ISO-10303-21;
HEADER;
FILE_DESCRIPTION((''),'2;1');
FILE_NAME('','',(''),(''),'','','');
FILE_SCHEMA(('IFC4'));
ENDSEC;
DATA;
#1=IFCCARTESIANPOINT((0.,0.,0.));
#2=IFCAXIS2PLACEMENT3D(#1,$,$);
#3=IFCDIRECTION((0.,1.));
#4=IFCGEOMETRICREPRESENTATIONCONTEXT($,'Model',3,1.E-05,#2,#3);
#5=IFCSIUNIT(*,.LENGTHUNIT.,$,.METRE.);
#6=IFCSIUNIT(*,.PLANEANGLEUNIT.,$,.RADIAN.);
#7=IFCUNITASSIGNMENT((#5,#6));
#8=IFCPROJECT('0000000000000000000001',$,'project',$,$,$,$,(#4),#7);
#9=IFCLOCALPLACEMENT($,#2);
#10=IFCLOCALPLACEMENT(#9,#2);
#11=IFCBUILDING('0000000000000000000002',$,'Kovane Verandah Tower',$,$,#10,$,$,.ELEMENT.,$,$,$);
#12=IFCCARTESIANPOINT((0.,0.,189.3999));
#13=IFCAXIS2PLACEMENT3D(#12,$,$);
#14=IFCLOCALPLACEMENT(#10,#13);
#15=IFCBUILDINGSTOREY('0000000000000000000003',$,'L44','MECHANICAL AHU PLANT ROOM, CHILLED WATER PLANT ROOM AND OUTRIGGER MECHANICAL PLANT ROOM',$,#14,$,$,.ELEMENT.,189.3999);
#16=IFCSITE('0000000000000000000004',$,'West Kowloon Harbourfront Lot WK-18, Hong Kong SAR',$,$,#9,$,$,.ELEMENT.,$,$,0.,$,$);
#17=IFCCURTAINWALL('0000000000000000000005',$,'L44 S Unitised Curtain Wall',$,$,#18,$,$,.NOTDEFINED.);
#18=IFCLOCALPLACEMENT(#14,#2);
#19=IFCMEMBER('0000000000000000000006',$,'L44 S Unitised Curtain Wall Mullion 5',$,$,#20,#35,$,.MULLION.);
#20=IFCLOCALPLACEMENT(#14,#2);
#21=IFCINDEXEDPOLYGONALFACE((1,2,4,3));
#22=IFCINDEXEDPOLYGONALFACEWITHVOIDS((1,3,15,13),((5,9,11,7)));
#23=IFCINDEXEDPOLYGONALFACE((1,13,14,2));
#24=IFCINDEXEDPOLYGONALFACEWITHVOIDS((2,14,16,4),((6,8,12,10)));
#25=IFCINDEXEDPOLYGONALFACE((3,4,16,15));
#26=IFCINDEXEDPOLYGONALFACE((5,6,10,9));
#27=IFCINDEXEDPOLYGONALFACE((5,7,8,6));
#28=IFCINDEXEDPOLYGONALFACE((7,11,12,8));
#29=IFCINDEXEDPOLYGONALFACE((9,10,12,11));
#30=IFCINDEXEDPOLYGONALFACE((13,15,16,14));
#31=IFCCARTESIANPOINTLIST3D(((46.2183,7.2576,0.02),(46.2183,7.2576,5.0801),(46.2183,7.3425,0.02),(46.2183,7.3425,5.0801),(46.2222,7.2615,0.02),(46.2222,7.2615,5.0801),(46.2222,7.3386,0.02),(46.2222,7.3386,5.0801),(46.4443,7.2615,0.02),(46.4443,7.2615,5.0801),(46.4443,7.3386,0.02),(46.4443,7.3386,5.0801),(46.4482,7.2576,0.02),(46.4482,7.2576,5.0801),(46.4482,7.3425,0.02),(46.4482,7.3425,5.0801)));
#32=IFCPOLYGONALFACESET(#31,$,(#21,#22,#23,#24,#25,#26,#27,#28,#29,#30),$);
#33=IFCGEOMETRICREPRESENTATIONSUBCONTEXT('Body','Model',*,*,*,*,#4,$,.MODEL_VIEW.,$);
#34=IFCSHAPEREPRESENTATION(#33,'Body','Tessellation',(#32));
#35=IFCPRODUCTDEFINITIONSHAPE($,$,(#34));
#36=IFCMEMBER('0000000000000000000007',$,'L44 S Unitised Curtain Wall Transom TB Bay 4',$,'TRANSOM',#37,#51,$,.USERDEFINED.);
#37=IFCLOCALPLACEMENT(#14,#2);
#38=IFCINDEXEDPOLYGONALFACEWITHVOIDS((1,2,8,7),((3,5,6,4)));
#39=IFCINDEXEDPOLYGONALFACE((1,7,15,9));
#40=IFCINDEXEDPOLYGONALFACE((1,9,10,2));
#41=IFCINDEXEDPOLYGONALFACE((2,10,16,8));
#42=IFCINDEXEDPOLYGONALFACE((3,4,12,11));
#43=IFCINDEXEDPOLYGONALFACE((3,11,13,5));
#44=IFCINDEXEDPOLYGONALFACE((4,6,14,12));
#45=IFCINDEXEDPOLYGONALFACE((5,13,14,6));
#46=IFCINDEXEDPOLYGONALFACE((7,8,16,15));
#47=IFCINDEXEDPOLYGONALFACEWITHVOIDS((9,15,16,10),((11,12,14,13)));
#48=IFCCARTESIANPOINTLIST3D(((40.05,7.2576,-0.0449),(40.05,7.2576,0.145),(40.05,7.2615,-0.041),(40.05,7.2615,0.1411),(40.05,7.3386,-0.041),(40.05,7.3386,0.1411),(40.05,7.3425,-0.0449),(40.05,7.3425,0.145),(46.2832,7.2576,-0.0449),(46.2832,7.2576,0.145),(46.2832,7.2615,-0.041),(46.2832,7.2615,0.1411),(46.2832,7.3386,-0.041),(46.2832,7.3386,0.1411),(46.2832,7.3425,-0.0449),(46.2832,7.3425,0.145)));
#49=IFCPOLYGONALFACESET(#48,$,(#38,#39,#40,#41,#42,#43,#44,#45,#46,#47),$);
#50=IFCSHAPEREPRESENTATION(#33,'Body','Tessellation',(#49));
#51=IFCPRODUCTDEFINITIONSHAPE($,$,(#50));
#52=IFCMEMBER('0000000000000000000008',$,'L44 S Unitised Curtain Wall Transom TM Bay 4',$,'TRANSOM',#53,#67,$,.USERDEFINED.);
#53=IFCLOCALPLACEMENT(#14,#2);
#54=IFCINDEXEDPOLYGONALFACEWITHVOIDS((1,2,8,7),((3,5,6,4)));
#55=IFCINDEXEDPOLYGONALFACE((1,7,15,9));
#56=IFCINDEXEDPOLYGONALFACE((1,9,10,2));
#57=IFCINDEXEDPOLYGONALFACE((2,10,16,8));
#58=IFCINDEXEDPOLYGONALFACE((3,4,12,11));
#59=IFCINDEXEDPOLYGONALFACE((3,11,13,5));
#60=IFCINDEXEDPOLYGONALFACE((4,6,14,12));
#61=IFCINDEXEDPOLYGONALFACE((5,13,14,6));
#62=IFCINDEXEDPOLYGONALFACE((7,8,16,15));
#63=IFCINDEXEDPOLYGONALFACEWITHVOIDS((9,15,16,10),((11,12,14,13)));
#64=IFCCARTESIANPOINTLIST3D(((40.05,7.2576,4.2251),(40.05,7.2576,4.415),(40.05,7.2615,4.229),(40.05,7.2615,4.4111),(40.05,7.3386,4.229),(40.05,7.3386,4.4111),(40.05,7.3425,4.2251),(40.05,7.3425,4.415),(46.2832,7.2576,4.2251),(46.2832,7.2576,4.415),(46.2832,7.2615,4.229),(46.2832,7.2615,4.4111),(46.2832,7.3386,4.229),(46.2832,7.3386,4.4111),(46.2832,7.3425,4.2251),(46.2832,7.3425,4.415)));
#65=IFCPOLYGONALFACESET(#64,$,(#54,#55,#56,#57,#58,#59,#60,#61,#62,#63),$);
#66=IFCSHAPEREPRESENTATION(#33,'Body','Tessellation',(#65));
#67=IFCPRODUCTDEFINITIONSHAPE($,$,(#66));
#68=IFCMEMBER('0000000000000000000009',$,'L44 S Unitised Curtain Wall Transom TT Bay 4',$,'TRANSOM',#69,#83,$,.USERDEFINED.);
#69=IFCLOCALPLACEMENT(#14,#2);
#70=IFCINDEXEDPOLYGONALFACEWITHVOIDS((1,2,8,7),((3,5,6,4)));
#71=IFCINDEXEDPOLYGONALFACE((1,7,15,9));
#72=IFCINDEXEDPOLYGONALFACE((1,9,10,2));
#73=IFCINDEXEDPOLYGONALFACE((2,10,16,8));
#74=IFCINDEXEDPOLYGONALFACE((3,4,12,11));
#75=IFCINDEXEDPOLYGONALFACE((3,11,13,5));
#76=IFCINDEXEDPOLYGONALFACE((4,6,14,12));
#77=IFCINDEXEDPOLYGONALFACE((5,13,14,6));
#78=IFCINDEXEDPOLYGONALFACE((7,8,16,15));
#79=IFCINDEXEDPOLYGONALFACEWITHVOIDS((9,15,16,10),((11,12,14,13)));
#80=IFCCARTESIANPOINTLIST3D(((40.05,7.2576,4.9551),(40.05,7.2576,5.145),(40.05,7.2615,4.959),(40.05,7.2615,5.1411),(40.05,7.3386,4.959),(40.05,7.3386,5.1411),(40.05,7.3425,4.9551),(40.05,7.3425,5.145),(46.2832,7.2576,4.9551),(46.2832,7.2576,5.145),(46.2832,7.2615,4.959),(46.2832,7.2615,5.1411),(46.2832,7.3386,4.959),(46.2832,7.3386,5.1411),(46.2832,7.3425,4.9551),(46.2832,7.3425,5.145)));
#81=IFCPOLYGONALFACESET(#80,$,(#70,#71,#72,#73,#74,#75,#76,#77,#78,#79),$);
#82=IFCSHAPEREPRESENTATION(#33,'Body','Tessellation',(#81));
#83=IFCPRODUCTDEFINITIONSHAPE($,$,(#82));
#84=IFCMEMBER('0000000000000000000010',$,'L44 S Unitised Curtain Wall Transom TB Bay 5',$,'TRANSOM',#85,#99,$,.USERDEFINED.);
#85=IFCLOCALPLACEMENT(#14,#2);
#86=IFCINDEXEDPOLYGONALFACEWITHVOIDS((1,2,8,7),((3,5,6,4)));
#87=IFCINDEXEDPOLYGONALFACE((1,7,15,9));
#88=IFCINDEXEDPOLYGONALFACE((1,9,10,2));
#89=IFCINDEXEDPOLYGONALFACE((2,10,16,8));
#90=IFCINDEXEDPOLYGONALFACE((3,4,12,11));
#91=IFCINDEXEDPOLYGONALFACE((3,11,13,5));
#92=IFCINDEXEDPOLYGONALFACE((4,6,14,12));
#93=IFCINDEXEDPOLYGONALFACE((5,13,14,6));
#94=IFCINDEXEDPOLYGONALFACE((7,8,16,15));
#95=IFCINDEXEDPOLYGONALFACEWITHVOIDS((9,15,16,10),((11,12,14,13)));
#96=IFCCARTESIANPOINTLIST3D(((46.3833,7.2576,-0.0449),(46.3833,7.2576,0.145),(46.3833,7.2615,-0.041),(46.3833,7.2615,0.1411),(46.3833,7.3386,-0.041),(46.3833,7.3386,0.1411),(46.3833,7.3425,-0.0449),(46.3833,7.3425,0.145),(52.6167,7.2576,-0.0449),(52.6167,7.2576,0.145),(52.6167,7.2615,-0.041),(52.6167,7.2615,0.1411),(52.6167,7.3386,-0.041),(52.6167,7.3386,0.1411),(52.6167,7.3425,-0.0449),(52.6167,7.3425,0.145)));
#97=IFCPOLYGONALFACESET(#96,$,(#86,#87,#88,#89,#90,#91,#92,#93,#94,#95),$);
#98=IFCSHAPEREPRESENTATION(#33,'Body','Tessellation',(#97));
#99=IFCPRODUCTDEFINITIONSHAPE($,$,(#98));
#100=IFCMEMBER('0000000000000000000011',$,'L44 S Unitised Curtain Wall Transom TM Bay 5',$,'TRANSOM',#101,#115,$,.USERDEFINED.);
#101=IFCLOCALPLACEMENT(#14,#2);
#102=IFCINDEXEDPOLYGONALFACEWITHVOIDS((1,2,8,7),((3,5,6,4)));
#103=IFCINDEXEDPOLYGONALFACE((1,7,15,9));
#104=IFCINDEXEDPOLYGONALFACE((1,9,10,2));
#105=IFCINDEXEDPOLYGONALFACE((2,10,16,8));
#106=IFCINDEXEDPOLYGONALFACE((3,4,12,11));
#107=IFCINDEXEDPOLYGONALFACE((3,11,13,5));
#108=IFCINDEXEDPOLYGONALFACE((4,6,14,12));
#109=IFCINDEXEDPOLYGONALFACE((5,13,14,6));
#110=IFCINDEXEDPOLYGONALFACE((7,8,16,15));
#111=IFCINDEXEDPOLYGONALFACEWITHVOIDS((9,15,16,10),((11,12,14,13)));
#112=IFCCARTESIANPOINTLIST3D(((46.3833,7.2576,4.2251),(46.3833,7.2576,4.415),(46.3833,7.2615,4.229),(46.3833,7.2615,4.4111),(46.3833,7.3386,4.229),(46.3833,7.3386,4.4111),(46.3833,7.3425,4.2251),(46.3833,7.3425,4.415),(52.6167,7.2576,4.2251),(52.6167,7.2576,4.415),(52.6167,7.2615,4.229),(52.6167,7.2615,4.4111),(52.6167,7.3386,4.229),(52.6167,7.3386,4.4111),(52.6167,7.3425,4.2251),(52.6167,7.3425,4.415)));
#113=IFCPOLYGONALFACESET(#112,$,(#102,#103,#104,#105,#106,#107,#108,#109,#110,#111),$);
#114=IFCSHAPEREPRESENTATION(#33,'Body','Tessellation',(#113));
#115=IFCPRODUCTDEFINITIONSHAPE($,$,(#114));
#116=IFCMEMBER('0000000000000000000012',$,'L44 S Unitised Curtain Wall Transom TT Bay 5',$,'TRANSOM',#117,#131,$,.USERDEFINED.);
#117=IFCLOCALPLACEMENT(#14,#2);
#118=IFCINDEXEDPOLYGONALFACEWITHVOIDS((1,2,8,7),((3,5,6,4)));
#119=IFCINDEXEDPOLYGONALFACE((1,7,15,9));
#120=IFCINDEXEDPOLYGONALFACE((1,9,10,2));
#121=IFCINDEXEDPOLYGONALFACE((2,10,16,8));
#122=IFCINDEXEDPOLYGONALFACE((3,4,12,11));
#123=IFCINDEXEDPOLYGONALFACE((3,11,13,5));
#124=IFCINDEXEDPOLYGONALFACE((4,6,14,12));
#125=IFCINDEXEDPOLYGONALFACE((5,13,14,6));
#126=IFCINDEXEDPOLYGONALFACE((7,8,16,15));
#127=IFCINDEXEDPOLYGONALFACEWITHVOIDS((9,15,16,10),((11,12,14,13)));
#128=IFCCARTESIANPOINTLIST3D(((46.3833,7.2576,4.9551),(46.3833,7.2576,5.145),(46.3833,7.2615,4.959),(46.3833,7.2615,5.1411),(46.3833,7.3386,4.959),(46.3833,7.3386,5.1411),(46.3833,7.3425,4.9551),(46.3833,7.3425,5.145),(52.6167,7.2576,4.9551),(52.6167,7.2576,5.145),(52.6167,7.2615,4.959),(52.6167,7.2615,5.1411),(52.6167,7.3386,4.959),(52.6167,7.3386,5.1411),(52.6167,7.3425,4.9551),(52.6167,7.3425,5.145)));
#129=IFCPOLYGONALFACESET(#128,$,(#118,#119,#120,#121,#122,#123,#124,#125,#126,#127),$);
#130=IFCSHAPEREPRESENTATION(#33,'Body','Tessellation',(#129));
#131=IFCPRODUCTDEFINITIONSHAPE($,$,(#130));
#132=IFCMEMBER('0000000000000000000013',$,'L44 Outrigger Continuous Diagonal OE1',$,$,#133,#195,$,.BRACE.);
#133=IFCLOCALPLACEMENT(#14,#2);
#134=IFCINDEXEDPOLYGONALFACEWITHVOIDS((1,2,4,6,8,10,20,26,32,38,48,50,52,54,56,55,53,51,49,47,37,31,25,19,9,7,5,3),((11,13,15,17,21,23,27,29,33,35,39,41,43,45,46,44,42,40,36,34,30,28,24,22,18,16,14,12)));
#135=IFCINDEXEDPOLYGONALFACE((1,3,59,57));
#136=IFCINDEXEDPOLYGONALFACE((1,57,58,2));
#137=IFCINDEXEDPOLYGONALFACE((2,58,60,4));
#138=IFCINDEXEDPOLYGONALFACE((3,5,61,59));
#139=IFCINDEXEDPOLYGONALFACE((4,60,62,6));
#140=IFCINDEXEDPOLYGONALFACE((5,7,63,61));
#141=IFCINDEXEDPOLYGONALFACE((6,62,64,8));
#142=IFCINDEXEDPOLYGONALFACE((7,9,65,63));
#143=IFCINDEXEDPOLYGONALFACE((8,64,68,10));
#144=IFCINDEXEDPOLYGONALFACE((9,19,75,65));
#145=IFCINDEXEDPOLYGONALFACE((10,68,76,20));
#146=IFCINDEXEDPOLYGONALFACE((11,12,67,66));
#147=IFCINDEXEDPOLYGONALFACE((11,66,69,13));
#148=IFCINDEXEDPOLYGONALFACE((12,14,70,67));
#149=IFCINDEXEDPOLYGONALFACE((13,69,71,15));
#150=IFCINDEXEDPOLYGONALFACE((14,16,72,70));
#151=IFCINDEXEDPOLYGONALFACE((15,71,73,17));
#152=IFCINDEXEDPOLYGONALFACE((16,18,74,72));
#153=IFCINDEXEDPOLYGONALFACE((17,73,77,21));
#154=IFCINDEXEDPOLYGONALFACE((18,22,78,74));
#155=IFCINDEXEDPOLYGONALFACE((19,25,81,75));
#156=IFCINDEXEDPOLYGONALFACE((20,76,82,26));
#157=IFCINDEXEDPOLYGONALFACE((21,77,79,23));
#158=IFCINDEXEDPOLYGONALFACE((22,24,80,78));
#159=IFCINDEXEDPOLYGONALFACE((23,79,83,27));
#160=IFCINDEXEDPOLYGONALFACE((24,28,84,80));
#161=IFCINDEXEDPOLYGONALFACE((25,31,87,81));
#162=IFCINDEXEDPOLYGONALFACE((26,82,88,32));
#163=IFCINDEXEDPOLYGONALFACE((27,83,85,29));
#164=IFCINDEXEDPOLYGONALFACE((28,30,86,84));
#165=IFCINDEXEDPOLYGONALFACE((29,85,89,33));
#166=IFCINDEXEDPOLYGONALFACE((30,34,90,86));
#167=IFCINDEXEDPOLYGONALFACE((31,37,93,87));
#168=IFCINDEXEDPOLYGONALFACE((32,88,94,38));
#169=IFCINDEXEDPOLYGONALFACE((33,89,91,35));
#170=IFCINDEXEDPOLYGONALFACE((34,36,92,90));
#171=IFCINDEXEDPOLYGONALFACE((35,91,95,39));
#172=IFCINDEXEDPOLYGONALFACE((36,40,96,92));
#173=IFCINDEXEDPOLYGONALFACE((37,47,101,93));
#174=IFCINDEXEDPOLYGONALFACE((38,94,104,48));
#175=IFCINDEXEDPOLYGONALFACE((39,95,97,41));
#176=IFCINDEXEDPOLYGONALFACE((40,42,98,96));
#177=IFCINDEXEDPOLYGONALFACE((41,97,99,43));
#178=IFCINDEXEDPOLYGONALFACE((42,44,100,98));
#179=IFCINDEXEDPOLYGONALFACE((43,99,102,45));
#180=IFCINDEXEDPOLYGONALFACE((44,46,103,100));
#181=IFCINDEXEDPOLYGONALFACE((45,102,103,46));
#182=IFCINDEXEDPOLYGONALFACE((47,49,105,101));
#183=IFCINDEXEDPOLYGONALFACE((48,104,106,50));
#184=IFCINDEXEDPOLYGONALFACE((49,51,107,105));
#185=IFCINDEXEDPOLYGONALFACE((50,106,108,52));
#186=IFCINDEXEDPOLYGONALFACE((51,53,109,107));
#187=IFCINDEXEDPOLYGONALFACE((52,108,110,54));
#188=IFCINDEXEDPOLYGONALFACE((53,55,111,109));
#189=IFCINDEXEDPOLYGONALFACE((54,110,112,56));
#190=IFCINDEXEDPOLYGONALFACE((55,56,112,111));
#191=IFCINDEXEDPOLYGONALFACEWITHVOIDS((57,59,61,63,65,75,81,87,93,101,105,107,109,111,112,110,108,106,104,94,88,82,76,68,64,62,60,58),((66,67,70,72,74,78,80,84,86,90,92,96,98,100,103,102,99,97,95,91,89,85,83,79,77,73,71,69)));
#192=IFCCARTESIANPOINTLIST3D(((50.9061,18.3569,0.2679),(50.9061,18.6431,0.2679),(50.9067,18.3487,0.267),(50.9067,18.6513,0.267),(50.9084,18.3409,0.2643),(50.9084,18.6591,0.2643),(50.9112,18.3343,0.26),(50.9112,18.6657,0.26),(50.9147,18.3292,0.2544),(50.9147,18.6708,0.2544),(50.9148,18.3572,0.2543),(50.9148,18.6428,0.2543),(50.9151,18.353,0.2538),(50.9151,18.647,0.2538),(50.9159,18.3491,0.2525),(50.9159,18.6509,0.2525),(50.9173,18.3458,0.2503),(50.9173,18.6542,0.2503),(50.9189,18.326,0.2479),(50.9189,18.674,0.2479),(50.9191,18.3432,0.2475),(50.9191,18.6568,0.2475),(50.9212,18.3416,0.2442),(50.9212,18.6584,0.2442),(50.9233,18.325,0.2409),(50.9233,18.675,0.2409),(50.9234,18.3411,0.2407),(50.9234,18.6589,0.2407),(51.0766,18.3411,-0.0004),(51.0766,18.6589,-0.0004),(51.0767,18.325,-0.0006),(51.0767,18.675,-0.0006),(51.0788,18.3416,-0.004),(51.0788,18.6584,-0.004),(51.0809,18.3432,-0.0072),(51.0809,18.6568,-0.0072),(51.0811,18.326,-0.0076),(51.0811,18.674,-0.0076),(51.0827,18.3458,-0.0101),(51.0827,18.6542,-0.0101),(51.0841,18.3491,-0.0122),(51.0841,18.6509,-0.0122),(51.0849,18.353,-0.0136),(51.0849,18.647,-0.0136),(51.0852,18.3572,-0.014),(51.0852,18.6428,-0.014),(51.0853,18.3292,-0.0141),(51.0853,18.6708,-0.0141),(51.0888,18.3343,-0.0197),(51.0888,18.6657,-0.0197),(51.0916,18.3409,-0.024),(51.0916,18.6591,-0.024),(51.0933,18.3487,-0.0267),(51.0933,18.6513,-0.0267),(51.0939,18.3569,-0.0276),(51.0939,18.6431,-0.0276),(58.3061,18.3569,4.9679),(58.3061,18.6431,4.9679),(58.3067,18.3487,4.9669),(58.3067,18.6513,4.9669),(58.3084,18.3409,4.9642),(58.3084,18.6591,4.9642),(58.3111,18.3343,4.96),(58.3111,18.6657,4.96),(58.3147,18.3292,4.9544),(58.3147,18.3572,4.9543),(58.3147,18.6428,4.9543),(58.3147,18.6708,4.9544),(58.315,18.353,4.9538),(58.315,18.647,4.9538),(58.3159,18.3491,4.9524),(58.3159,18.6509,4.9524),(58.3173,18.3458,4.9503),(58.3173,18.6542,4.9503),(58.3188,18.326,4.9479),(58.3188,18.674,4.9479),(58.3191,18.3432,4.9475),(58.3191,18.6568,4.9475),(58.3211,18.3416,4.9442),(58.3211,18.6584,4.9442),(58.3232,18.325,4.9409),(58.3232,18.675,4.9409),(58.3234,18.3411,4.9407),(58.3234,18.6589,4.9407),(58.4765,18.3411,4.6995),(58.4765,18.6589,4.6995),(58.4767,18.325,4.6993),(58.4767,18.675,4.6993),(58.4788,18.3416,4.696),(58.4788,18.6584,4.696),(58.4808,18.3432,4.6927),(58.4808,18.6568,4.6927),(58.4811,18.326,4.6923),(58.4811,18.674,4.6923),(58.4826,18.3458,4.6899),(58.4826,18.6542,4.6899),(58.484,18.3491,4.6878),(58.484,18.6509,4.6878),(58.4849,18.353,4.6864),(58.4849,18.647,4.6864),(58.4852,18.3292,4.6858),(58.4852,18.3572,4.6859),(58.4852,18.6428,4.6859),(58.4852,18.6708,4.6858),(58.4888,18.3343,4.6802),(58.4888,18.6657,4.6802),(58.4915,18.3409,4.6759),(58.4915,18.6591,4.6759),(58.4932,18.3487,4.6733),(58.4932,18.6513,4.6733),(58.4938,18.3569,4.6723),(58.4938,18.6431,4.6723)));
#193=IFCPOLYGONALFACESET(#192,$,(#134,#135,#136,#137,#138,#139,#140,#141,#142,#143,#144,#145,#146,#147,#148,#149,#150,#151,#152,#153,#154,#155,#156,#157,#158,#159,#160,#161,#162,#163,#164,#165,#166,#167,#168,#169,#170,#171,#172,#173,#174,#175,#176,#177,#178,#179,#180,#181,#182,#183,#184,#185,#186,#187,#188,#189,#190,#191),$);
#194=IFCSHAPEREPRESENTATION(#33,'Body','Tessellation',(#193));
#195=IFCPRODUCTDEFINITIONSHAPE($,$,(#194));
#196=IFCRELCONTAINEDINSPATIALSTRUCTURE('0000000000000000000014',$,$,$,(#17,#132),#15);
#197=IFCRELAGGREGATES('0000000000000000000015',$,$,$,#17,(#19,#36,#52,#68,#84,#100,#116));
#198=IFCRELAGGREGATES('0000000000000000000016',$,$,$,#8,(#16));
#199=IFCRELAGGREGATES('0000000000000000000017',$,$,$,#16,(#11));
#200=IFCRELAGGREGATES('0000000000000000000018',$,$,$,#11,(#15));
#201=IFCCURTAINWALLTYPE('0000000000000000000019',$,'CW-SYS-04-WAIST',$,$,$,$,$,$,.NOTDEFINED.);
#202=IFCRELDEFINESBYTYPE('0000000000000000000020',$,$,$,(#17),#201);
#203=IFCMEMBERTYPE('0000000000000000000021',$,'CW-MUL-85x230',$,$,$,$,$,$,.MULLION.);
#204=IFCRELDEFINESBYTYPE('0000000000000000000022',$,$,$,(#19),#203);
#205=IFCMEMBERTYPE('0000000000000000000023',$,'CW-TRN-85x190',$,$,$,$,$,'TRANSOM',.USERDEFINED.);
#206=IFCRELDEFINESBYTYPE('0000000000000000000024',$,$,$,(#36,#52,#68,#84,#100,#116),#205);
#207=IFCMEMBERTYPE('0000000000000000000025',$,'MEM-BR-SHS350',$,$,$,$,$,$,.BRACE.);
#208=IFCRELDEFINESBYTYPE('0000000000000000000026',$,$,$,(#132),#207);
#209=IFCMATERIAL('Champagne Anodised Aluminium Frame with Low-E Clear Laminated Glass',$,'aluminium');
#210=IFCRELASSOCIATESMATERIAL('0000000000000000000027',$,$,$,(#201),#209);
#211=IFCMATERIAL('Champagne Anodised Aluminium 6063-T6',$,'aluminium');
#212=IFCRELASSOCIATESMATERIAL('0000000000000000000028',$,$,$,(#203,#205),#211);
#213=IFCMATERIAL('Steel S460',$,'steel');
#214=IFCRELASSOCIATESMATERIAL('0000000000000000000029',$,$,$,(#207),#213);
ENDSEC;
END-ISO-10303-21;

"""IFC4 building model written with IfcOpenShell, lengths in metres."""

from ifc_helpers import new_model, si_unit, direction, frame, origin, origin_2d, place, context, subcontext, project, spatial, hollow_rectangle, extrude, material, material_profile, profile_set, type_object, element, aggregate, save


model = new_model("IFC4")

# Units and contexts
model_context = context("Model", 3, precision=1e-05, world=origin(), true_north=direction((0.0, 1.0)))
body_context = subcontext(model_context, "Body", "Model", "MODEL_VIEW")
ifc_project = project(units=[si_unit("LENGTHUNIT", "METRE"), si_unit("PLANEANGLEUNIT", "RADIAN")], contexts=[model_context])

# Site, building, storey
site_placement = place(None, origin())
site = spatial("IfcSite", under=ifc_project, at=site_placement, Name="West Kowloon Harbourfront Lot WK-18, Hong Kong SAR", CompositionType="ELEMENT", RefElevation=0.0)
building_placement = place(site_placement, origin())
building = spatial("IfcBuilding", under=site, at=building_placement, Name="Kovane Verandah Tower", CompositionType="ELEMENT")
storey_placement = place(building_placement, frame((0.0, 0.0, 189.3999)))
storey = spatial("IfcBuildingStorey", under=building, at=storey_placement, Name="L44", Description="MECHANICAL AHU PLANT ROOM, CHILLED WATER PLANT ROOM AND OUTRIGGER MECHANICAL PLANT ROOM", CompositionType="ELEMENT", Elevation=189.3999)

# Shared definitions
ifc_material_1 = material(Name="Steel S460", Category="steel")

# Curtain wall, members
ifc_material_2 = material(Name="Champagne Anodised Aluminium Frame with Low-E Clear Laminated Glass", Category="aluminium")
curtain_wall_type = type_object("IfcCurtainWallType", Name="CW-SYS-04-WAIST", PredefinedType="NOTDEFINED", material=ifc_material_2)
curtain_wall_placement = place(storey_placement, origin())
curtain_wall = element("IfcCurtainWall", 1, at=curtain_wall_placement, inside=storey, type_object=curtain_wall_type, Name="L44 S Unitised Curtain Wall", PredefinedType="NOTDEFINED")
ifc_material_3 = material(Name="Champagne Anodised Aluminium 6063-T6", Category="aluminium")
ifc_material_profile_1 = material_profile(ifc_material_3, hollow_rectangle(XDim=0.085, YDim=0.23, WallThickness=0.0039, at=origin_2d()), Name="AL85x230x4")
ifc_profile_set_1 = profile_set([ifc_material_profile_1], Name="Champagne Anodised Aluminium 6063-T6")
member_type_1 = type_object("IfcMemberType", Name="CW-MUL-85x230", PredefinedType="MULLION", material=ifc_profile_set_1)
member_1_placement = place(storey_placement, frame((46.3333, 7.3, 0.02), z_axis=(0.0, 0.0, 1.0), x_axis=(0.0, -1.0, 0.0)))
member_1 = element("IfcMember", 2, at=member_1_placement, type_object=member_type_1, Name="L44 S Unitised Curtain Wall Mullion 5", PredefinedType="MULLION", context=body_context, shape_type="SweptSolid", body=[
    extrude(hollow_rectangle(XDim=0.085, YDim=0.23, WallThickness=0.0039, at=origin_2d()), origin(), (0.0, 0.0, 1.0), 5.0601),
])
ifc_material_profile_2 = material_profile(ifc_material_3, hollow_rectangle(XDim=0.085, YDim=0.1899, WallThickness=0.0039, at=origin_2d()), Name="AL85x190x4")
ifc_profile_set_2 = profile_set([ifc_material_profile_2], Name="Champagne Anodised Aluminium 6063-T6")
member_type_2 = type_object("IfcMemberType", Name="CW-TRN-85x190", ElementType="TRANSOM", PredefinedType="USERDEFINED", material=ifc_profile_set_2)
member_2_placement = place(storey_placement, frame((40.05, 7.3, 0.05), z_axis=(1.0, 0.0, 0.0), x_axis=(0.0, 1.0, 0.0)))
member_2 = element("IfcMember", 3, at=member_2_placement, type_object=member_type_2, Name="L44 S Unitised Curtain Wall Transom TB Bay 4", ObjectType="TRANSOM", PredefinedType="USERDEFINED", context=body_context, shape_type="SweptSolid", body=[
    extrude(hollow_rectangle(XDim=0.085, YDim=0.1899, WallThickness=0.0039, at=origin_2d()), origin(), (0.0, 0.0, 1.0), 6.2332),
])
member_3_placement = place(storey_placement, frame((40.05, 7.3, 4.3201), z_axis=(1.0, 0.0, 0.0), x_axis=(0.0, 1.0, 0.0)))
member_3 = element("IfcMember", 4, at=member_3_placement, type_object=member_type_2, Name="L44 S Unitised Curtain Wall Transom TM Bay 4", ObjectType="TRANSOM", PredefinedType="USERDEFINED", context=body_context, shape_type="SweptSolid", body=[
    extrude(hollow_rectangle(XDim=0.085, YDim=0.1899, WallThickness=0.0039, at=origin_2d()), origin(), (0.0, 0.0, 1.0), 6.2332),
])
member_4_placement = place(storey_placement, frame((40.05, 7.3, 5.05), z_axis=(1.0, 0.0, 0.0), x_axis=(0.0, 1.0, 0.0)))
member_4 = element("IfcMember", 5, at=member_4_placement, type_object=member_type_2, Name="L44 S Unitised Curtain Wall Transom TT Bay 4", ObjectType="TRANSOM", PredefinedType="USERDEFINED", context=body_context, shape_type="SweptSolid", body=[
    extrude(hollow_rectangle(XDim=0.085, YDim=0.1899, WallThickness=0.0039, at=origin_2d()), origin(), (0.0, 0.0, 1.0), 6.2332),
])
member_5_placement = place(storey_placement, frame((46.3833, 7.3, 0.05), z_axis=(1.0, 0.0, 0.0), x_axis=(0.0, 1.0, 0.0)))
member_5 = element("IfcMember", 6, at=member_5_placement, type_object=member_type_2, Name="L44 S Unitised Curtain Wall Transom TB Bay 5", ObjectType="TRANSOM", PredefinedType="USERDEFINED", context=body_context, shape_type="SweptSolid", body=[
    extrude(hollow_rectangle(XDim=0.085, YDim=0.1899, WallThickness=0.0039, at=origin_2d()), origin(), (0.0, 0.0, 1.0), 6.2334),
])
member_6_placement = place(storey_placement, frame((46.3833, 7.3, 4.3201), z_axis=(1.0, 0.0, 0.0), x_axis=(0.0, 1.0, 0.0)))
member_6 = element("IfcMember", 7, at=member_6_placement, type_object=member_type_2, Name="L44 S Unitised Curtain Wall Transom TM Bay 5", ObjectType="TRANSOM", PredefinedType="USERDEFINED", context=body_context, shape_type="SweptSolid", body=[
    extrude(hollow_rectangle(XDim=0.085, YDim=0.1899, WallThickness=0.0039, at=origin_2d()), origin(), (0.0, 0.0, 1.0), 6.2334),
])
member_7_placement = place(storey_placement, frame((46.3833, 7.3, 5.05), z_axis=(1.0, 0.0, 0.0), x_axis=(0.0, 1.0, 0.0)))
member_7 = element("IfcMember", 8, at=member_7_placement, type_object=member_type_2, Name="L44 S Unitised Curtain Wall Transom TT Bay 5", ObjectType="TRANSOM", PredefinedType="USERDEFINED", context=body_context, shape_type="SweptSolid", body=[
    extrude(hollow_rectangle(XDim=0.085, YDim=0.1899, WallThickness=0.0039, at=origin_2d()), origin(), (0.0, 0.0, 1.0), 6.2334),
])

# Member
ifc_material_profile_3 = material_profile(ifc_material_1, hollow_rectangle(XDim=0.3501, YDim=0.3501, WallThickness=0.0161, InnerFilletRadius=0.0161, OuterFilletRadius=0.032, at=origin_2d()), Name="SHS350x350x16")
ifc_profile_set_3 = profile_set([ifc_material_profile_3], Name="Steel S460")
member_type_3 = type_object("IfcMemberType", Name="MEM-BR-SHS350", PredefinedType="BRACE", material=ifc_profile_set_3)
member_8_placement = place(storey_placement, frame((51.0, 18.5, 0.1201), z_axis=(0.84413, 0.0, 0.536138), x_axis=(0.0, 1.0, 0.0)))
element("IfcMember", 9, at=member_8_placement, inside=storey, type_object=member_type_3, Name="L44 Outrigger Continuous Diagonal OE1", PredefinedType="BRACE", context=body_context, shape_type="SweptSolid", body=[
    extrude(hollow_rectangle(XDim=0.3501, YDim=0.3501, WallThickness=0.0161, InnerFilletRadius=0.0161, OuterFilletRadius=0.032, at=origin_2d()), origin(), (0.0, 0.0, 1.0), 8.7664),
])

aggregate(curtain_wall, [member_1, member_2, member_3, member_4, member_5, member_6, member_7])

save(model, "model.ifc")
